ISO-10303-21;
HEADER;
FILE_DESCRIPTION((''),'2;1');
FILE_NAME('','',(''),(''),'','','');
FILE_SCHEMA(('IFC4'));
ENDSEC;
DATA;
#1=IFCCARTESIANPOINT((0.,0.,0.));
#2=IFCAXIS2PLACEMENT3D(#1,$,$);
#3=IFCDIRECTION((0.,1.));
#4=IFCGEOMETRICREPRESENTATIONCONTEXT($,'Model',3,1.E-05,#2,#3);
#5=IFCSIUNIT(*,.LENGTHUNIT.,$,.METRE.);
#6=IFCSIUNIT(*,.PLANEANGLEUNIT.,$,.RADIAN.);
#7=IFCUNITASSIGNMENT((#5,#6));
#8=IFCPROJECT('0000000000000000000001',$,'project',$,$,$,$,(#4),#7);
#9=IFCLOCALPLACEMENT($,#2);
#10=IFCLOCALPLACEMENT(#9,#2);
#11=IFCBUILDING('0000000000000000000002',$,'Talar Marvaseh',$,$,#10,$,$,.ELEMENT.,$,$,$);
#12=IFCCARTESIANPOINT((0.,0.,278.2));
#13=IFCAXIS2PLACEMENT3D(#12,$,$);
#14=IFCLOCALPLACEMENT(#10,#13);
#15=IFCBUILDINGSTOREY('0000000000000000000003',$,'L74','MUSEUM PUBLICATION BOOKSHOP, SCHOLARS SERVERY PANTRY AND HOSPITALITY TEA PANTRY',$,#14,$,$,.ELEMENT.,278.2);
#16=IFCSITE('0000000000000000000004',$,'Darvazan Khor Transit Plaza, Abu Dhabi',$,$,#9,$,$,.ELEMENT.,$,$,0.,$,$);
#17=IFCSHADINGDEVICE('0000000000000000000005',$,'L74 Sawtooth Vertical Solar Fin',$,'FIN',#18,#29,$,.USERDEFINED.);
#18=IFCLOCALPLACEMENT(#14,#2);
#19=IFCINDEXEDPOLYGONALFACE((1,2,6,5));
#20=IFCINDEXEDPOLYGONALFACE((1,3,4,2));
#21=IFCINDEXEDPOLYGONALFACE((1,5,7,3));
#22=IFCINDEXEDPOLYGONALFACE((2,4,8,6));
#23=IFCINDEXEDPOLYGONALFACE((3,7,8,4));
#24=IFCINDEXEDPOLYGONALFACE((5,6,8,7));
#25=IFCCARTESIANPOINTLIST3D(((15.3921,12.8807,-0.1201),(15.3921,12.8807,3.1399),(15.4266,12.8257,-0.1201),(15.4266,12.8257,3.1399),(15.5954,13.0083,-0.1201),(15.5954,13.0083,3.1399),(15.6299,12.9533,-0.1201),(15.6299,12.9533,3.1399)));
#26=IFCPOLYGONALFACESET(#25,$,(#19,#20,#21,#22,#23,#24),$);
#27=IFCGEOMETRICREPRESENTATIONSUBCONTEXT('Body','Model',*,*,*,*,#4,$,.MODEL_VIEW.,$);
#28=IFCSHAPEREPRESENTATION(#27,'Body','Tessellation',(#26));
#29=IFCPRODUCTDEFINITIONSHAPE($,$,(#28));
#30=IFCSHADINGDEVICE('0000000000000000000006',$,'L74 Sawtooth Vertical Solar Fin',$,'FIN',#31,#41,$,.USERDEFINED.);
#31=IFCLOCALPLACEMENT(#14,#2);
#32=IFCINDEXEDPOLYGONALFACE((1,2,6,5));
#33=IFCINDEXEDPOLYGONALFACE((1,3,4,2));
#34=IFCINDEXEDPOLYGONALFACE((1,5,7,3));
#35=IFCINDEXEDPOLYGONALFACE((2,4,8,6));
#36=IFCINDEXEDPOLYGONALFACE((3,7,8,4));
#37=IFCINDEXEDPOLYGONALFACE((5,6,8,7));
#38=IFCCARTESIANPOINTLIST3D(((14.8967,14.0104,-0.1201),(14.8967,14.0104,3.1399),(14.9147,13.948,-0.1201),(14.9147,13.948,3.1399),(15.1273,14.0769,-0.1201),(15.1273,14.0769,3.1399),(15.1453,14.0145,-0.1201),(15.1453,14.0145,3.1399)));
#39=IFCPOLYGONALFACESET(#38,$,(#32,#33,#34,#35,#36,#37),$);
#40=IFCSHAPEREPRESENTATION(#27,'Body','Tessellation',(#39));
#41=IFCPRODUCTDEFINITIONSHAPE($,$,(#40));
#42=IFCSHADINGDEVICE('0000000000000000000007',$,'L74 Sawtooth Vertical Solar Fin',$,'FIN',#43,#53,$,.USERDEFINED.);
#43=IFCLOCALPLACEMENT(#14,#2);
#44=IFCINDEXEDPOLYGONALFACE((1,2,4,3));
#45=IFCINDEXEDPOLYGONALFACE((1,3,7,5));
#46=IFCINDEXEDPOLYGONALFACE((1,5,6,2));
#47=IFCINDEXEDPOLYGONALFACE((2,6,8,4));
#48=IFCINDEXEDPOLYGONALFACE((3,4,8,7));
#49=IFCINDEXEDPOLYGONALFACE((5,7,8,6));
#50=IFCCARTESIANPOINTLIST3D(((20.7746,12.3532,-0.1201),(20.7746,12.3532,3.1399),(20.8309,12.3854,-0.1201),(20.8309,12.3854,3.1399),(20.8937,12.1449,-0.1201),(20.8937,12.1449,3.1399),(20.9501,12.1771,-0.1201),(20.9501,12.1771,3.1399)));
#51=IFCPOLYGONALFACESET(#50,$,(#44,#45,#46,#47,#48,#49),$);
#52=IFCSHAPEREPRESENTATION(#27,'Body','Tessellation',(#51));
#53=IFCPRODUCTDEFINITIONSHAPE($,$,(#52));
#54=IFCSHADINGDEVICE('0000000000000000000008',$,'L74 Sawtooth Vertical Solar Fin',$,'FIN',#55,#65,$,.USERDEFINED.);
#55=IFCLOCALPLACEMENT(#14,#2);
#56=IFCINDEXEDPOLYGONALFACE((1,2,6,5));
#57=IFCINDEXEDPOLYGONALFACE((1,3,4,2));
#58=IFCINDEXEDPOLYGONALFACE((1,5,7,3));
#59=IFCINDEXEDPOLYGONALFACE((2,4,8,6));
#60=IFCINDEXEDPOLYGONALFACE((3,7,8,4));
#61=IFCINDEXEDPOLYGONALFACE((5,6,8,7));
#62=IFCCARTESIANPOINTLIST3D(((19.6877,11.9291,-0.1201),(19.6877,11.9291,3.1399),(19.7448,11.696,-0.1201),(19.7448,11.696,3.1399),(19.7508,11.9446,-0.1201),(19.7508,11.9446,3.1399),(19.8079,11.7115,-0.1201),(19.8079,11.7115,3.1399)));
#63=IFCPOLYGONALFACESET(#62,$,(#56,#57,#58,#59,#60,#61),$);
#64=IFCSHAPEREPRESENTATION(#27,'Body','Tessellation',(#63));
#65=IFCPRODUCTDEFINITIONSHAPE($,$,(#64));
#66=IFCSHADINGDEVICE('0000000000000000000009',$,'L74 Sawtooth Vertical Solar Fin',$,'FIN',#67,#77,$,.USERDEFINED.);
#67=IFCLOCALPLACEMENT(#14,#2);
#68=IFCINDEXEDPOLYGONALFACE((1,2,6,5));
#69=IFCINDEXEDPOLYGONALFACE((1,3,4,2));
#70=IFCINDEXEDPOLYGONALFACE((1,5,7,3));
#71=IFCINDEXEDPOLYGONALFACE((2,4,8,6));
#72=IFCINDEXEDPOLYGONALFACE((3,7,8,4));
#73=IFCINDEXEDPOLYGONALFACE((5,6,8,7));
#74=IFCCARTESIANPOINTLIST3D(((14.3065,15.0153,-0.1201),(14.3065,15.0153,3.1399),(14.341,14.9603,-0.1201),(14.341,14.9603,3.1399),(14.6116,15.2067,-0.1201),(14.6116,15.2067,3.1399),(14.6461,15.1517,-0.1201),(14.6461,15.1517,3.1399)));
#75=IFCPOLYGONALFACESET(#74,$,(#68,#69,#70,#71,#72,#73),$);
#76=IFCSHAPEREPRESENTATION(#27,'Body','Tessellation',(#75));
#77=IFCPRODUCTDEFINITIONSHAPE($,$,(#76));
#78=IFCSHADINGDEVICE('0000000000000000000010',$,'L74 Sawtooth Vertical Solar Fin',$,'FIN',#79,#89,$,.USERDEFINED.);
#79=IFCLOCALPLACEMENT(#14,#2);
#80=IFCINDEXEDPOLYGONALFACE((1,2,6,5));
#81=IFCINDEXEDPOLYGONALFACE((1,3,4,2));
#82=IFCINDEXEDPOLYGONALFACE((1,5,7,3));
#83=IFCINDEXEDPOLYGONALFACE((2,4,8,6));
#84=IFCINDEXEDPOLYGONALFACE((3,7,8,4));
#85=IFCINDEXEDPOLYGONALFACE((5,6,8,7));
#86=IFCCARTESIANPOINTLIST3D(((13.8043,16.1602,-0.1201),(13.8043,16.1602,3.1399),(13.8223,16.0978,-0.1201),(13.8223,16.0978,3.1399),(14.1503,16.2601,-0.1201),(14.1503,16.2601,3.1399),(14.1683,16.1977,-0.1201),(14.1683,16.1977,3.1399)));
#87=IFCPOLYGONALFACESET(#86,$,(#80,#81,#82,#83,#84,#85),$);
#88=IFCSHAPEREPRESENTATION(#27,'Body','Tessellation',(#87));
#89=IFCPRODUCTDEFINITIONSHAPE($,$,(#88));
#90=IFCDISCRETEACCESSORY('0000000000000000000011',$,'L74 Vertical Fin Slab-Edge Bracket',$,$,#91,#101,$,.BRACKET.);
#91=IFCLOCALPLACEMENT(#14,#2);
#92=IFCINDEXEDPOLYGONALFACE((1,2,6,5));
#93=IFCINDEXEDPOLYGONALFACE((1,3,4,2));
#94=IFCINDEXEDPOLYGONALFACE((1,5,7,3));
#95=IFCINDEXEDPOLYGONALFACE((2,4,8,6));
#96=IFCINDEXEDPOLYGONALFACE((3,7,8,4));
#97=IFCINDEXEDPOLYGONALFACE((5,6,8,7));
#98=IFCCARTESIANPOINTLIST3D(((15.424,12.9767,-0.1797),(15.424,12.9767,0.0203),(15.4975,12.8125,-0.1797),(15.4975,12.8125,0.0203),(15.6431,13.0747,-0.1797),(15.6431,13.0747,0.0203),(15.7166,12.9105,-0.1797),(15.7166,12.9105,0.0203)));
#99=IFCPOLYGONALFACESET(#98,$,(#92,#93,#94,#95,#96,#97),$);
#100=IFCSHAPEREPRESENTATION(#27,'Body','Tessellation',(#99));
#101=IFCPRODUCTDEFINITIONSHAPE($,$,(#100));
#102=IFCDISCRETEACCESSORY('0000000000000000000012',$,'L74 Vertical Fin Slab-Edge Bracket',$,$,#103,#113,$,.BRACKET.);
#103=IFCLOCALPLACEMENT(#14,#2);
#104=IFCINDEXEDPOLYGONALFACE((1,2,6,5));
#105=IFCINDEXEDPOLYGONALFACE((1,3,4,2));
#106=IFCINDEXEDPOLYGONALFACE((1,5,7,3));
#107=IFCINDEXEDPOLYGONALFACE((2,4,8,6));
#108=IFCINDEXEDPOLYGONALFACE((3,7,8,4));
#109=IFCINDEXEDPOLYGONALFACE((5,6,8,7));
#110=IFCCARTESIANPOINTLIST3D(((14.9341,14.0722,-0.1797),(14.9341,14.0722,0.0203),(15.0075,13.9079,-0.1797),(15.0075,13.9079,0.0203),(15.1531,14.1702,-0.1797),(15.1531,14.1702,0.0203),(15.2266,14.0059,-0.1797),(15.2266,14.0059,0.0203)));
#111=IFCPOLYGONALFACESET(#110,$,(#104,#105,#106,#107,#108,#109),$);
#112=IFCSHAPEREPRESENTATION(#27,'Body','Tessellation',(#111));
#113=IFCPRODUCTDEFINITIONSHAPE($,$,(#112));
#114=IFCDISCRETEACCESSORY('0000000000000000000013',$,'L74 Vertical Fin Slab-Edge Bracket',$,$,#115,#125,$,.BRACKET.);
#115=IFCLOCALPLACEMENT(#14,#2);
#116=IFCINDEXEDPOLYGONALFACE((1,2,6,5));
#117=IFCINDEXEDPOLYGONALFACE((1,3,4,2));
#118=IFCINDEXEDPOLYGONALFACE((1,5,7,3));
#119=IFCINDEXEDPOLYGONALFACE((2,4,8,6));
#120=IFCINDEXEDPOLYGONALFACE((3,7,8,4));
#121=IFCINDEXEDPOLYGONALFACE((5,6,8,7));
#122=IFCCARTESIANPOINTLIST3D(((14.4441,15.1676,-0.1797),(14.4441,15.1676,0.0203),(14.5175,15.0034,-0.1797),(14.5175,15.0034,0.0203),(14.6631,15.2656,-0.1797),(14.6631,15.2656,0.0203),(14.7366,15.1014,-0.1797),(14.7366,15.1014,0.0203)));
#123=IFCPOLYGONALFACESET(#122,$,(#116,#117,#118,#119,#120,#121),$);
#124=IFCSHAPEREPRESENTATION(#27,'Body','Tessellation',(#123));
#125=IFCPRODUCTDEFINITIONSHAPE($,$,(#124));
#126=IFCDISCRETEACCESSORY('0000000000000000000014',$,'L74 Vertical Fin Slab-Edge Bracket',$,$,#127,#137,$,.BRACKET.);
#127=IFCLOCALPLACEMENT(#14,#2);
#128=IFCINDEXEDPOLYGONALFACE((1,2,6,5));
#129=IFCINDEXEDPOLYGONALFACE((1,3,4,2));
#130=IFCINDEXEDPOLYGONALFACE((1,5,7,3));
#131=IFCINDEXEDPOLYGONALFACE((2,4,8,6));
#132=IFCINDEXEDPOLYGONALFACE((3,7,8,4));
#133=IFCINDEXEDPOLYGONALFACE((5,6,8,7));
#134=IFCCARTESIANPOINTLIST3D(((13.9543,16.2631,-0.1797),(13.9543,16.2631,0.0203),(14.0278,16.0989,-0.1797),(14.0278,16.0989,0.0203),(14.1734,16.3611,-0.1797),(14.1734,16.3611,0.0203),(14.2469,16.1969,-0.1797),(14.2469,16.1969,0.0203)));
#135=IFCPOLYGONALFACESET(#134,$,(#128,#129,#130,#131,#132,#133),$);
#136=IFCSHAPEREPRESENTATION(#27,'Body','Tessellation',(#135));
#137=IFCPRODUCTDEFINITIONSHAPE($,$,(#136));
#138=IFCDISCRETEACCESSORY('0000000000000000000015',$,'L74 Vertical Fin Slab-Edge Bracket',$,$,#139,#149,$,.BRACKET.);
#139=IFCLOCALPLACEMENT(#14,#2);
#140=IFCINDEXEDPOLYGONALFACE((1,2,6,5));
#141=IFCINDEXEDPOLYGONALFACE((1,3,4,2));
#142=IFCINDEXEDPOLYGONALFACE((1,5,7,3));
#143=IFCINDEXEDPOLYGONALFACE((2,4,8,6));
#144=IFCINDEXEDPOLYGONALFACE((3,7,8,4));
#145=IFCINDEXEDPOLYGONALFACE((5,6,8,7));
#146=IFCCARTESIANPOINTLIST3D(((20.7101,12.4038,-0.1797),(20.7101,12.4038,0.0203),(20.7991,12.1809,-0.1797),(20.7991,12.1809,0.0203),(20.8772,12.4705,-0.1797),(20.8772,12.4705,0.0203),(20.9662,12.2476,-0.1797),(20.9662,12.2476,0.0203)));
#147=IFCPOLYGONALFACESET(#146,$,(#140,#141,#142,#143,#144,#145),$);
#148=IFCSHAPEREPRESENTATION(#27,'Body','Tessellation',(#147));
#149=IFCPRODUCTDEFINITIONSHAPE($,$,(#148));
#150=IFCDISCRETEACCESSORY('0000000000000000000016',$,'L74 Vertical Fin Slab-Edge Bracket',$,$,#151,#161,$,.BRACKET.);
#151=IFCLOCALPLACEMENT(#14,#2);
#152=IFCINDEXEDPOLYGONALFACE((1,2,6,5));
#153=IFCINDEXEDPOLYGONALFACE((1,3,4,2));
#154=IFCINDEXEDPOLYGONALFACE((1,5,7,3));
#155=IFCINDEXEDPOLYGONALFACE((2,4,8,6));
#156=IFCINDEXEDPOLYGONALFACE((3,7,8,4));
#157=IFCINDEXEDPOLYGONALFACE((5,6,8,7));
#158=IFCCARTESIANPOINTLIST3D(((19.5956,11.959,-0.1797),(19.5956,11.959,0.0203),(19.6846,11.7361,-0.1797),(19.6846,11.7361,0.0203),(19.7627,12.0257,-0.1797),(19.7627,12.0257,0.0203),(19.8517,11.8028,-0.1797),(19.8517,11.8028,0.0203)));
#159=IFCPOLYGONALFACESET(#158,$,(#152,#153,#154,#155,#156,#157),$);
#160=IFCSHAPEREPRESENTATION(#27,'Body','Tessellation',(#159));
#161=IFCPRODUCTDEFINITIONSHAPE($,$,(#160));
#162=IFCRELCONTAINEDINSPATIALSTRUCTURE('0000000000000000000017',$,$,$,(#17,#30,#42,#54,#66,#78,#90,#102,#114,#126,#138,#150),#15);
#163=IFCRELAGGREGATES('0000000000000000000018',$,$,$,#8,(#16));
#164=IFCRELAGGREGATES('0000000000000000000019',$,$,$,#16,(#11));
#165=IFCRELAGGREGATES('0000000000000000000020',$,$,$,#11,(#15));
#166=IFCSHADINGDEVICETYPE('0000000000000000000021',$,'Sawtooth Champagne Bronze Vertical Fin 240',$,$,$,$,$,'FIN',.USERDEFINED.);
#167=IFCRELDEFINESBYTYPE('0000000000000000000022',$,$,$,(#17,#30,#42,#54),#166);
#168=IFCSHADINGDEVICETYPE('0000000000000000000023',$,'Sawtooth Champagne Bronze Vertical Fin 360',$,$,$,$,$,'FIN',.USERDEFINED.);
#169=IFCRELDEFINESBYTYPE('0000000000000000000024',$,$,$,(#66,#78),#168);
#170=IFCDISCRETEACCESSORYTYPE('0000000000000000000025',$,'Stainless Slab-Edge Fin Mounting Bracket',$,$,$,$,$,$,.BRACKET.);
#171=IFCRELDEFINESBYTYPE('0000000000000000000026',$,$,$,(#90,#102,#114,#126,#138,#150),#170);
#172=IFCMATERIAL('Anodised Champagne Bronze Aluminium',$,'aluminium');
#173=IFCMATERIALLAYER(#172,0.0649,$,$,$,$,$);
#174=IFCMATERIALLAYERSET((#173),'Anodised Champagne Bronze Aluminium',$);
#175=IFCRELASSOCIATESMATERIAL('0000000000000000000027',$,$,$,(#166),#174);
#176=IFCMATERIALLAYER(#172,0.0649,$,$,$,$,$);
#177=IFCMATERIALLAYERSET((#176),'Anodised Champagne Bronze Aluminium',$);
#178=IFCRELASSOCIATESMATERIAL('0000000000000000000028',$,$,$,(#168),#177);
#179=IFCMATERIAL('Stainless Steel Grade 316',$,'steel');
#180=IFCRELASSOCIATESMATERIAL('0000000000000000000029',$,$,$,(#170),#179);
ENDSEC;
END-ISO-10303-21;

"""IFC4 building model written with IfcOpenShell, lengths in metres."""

from ifc_helpers import new_model, si_unit, direction, frame, origin, origin_2d, place, context, subcontext, project, spatial, rectangle, extrude, source, transform, mapped, material, layer, layer_set, type_object, type_shapes, element, save


model = new_model("IFC4")

# Units and contexts
model_context = context("Model", 3, precision=1e-05, world=origin(), true_north=direction((0.0, 1.0)))
body_context = subcontext(model_context, "Body", "Model", "MODEL_VIEW")
ifc_project = project(units=[si_unit("LENGTHUNIT", "METRE"), si_unit("PLANEANGLEUNIT", "RADIAN")], contexts=[model_context])

# Site, building, storey
site_placement = place(None, origin())
site = spatial("IfcSite", under=ifc_project, at=site_placement, Name="Darvazan Khor Transit Plaza, Abu Dhabi", CompositionType="ELEMENT", RefElevation=0.0)
building_placement = place(site_placement, origin())
building = spatial("IfcBuilding", under=site, at=building_placement, Name="Talar Marvaseh", CompositionType="ELEMENT")
storey_placement = place(building_placement, frame((0.0, 0.0, 278.2)))
storey = spatial("IfcBuildingStorey", under=building, at=storey_placement, Name="L74", Description="MUSEUM PUBLICATION BOOKSHOP, SCHOLARS SERVERY PANTRY AND HOSPITALITY TEA PANTRY", CompositionType="ELEMENT", Elevation=278.2)

# Shading devices
ifc_material_1 = material(Name="Anodised Champagne Bronze Aluminium", Category="aluminium")
ifc_layer_1 = layer(ifc_material_1, 0.0649)
ifc_layer_set_1 = layer_set([ifc_layer_1], Name="Anodised Champagne Bronze Aluminium")
shading_device_type_1 = type_object("IfcShadingDeviceType", Name="Sawtooth Champagne Bronze Vertical Fin 240", ElementType="FIN", PredefinedType="USERDEFINED", material=ifc_layer_set_1)
shared_shape_1 = source(origin(), body_context, "Body", "SweptSolid", [
    extrude(rectangle(XDim=0.24, YDim=0.0649, at=origin_2d()), origin(), (0.0, 0.0, 1.0), 3.26),
])
type_shapes(shading_device_type_1, [shared_shape_1])
for number, where, z_axis, x_axis, name in (
    (1, (15.511, 12.917, -0.1201), (0.0, 0.0, 1.0), (-0.847122, -0.531399, 0.0), "L74 Sawtooth Vertical Solar Fin"),
    (2, (15.021, 14.0125, -0.1201), (0.0, 0.0, 1.0), (-0.960779, -0.277315, 0.0), "L74 Sawtooth Vertical Solar Fin"),
    (3, (20.8623, 12.2651, -0.1201), (0.0, 0.0, 1.0), (0.496368, -0.868112, 0.0), "L74 Sawtooth Vertical Solar Fin"),
    (4, (19.7478, 11.8203, -0.1201), (0.0, 0.0, 1.0), (0.237855, -0.971301, 0.0), "L74 Sawtooth Vertical Solar Fin"),
):
    element("IfcShadingDevice", number, at=place(storey_placement, frame(where, z_axis=z_axis, x_axis=x_axis)), inside=storey, type_object=shading_device_type_1, Name=name, ObjectType="FIN", PredefinedType="USERDEFINED", context=body_context, shape_type="MappedRepresentation", body=[
        mapped(shared_shape_1, transform((0.0, 0.0, 0.0), x_axis=(1.0, 0.0, 0.0), y_axis=(0.0, 1.0, 0.0), z_axis=(0.0, 0.0, 1.0), scale=1.0)),
    ])
ifc_layer_2 = layer(ifc_material_1, 0.0649)
ifc_layer_set_2 = layer_set([ifc_layer_2], Name="Anodised Champagne Bronze Aluminium")
shading_device_type_2 = type_object("IfcShadingDeviceType", Name="Sawtooth Champagne Bronze Vertical Fin 360", ElementType="FIN", PredefinedType="USERDEFINED", material=ifc_layer_set_2)
shared_shape_2 = source(origin(), body_context, "Body", "SweptSolid", [
    extrude(rectangle(XDim=0.3601, YDim=0.0649, at=origin_2d()), origin(), (0.0, 0.0, 1.0), 3.26),
])
type_shapes(shading_device_type_2, [shared_shape_2])
for number, where, z_axis, x_axis, name in (
    (5, (14.4763, 15.0835, -0.1201), (0.0, 0.0, 1.0), (-0.847122, -0.531399, 0.0), "L74 Sawtooth Vertical Solar Fin"),
    (6, (13.9863, 16.179, -0.1201), (0.0, 0.0, 1.0), (-0.960779, -0.277315, 0.0), "L74 Sawtooth Vertical Solar Fin"),
):
    element("IfcShadingDevice", number, at=place(storey_placement, frame(where, z_axis=z_axis, x_axis=x_axis)), inside=storey, type_object=shading_device_type_2, Name=name, ObjectType="FIN", PredefinedType="USERDEFINED", context=body_context, shape_type="MappedRepresentation", body=[
        mapped(shared_shape_2, transform((0.0, 0.0, 0.0), x_axis=(1.0, 0.0, 0.0), y_axis=(0.0, 1.0, 0.0), z_axis=(0.0, 0.0, 1.0), scale=1.0)),
    ])

# Discrete accessories
ifc_material_2 = material(Name="Stainless Steel Grade 316", Category="steel")
discrete_accessory_type = type_object("IfcDiscreteAccessoryType", Name="Stainless Slab-Edge Fin Mounting Bracket", PredefinedType="BRACKET", material=ifc_material_2)
shared_shape_3 = source(origin(), body_context, "Body", "SweptSolid", [
    extrude(rectangle(XDim=0.24, YDim=0.1799, at=origin_2d()), origin(), (0.0, 0.0, 1.0), 0.2),
])
type_shapes(discrete_accessory_type, [shared_shape_3])
for number, where, z_axis, x_axis, name in (
    (7, (15.5703, 12.9436, -0.1797), (0.0, 0.0, 1.0), (-0.912834, -0.40833, 0.0), "L74 Vertical Fin Slab-Edge Bracket"),
    (8, (15.0803, 14.0391, -0.1797), (0.0, 0.0, 1.0), (-0.912834, -0.40833, 0.0), "L74 Vertical Fin Slab-Edge Bracket"),
    (9, (14.5903, 15.1345, -0.1797), (0.0, 0.0, 1.0), (-0.912834, -0.40833, 0.0), "L74 Vertical Fin Slab-Edge Bracket"),
    (10, (14.1006, 16.23, -0.1797), (0.0, 0.0, 1.0), (-0.912834, -0.40833, 0.0), "L74 Vertical Fin Slab-Edge Bracket"),
    (11, (20.8381, 12.3257, -0.1797), (0.0, 0.0, 1.0), (0.37072, -0.928745, 0.0), "L74 Vertical Fin Slab-Edge Bracket"),
    (12, (19.7236, 11.8809, -0.1797), (0.0, 0.0, 1.0), (0.37072, -0.928745, 0.0), "L74 Vertical Fin Slab-Edge Bracket"),
):
    element("IfcDiscreteAccessory", number, at=place(storey_placement, frame(where, z_axis=z_axis, x_axis=x_axis)), inside=storey, type_object=discrete_accessory_type, Name=name, PredefinedType="BRACKET", context=body_context, shape_type="MappedRepresentation", body=[
        mapped(shared_shape_3, transform((0.0, 0.0, 0.0), x_axis=(1.0, 0.0, 0.0), y_axis=(0.0, 1.0, 0.0), z_axis=(0.0, 0.0, 1.0), scale=1.0)),
    ])

save(model, "model.ifc")
